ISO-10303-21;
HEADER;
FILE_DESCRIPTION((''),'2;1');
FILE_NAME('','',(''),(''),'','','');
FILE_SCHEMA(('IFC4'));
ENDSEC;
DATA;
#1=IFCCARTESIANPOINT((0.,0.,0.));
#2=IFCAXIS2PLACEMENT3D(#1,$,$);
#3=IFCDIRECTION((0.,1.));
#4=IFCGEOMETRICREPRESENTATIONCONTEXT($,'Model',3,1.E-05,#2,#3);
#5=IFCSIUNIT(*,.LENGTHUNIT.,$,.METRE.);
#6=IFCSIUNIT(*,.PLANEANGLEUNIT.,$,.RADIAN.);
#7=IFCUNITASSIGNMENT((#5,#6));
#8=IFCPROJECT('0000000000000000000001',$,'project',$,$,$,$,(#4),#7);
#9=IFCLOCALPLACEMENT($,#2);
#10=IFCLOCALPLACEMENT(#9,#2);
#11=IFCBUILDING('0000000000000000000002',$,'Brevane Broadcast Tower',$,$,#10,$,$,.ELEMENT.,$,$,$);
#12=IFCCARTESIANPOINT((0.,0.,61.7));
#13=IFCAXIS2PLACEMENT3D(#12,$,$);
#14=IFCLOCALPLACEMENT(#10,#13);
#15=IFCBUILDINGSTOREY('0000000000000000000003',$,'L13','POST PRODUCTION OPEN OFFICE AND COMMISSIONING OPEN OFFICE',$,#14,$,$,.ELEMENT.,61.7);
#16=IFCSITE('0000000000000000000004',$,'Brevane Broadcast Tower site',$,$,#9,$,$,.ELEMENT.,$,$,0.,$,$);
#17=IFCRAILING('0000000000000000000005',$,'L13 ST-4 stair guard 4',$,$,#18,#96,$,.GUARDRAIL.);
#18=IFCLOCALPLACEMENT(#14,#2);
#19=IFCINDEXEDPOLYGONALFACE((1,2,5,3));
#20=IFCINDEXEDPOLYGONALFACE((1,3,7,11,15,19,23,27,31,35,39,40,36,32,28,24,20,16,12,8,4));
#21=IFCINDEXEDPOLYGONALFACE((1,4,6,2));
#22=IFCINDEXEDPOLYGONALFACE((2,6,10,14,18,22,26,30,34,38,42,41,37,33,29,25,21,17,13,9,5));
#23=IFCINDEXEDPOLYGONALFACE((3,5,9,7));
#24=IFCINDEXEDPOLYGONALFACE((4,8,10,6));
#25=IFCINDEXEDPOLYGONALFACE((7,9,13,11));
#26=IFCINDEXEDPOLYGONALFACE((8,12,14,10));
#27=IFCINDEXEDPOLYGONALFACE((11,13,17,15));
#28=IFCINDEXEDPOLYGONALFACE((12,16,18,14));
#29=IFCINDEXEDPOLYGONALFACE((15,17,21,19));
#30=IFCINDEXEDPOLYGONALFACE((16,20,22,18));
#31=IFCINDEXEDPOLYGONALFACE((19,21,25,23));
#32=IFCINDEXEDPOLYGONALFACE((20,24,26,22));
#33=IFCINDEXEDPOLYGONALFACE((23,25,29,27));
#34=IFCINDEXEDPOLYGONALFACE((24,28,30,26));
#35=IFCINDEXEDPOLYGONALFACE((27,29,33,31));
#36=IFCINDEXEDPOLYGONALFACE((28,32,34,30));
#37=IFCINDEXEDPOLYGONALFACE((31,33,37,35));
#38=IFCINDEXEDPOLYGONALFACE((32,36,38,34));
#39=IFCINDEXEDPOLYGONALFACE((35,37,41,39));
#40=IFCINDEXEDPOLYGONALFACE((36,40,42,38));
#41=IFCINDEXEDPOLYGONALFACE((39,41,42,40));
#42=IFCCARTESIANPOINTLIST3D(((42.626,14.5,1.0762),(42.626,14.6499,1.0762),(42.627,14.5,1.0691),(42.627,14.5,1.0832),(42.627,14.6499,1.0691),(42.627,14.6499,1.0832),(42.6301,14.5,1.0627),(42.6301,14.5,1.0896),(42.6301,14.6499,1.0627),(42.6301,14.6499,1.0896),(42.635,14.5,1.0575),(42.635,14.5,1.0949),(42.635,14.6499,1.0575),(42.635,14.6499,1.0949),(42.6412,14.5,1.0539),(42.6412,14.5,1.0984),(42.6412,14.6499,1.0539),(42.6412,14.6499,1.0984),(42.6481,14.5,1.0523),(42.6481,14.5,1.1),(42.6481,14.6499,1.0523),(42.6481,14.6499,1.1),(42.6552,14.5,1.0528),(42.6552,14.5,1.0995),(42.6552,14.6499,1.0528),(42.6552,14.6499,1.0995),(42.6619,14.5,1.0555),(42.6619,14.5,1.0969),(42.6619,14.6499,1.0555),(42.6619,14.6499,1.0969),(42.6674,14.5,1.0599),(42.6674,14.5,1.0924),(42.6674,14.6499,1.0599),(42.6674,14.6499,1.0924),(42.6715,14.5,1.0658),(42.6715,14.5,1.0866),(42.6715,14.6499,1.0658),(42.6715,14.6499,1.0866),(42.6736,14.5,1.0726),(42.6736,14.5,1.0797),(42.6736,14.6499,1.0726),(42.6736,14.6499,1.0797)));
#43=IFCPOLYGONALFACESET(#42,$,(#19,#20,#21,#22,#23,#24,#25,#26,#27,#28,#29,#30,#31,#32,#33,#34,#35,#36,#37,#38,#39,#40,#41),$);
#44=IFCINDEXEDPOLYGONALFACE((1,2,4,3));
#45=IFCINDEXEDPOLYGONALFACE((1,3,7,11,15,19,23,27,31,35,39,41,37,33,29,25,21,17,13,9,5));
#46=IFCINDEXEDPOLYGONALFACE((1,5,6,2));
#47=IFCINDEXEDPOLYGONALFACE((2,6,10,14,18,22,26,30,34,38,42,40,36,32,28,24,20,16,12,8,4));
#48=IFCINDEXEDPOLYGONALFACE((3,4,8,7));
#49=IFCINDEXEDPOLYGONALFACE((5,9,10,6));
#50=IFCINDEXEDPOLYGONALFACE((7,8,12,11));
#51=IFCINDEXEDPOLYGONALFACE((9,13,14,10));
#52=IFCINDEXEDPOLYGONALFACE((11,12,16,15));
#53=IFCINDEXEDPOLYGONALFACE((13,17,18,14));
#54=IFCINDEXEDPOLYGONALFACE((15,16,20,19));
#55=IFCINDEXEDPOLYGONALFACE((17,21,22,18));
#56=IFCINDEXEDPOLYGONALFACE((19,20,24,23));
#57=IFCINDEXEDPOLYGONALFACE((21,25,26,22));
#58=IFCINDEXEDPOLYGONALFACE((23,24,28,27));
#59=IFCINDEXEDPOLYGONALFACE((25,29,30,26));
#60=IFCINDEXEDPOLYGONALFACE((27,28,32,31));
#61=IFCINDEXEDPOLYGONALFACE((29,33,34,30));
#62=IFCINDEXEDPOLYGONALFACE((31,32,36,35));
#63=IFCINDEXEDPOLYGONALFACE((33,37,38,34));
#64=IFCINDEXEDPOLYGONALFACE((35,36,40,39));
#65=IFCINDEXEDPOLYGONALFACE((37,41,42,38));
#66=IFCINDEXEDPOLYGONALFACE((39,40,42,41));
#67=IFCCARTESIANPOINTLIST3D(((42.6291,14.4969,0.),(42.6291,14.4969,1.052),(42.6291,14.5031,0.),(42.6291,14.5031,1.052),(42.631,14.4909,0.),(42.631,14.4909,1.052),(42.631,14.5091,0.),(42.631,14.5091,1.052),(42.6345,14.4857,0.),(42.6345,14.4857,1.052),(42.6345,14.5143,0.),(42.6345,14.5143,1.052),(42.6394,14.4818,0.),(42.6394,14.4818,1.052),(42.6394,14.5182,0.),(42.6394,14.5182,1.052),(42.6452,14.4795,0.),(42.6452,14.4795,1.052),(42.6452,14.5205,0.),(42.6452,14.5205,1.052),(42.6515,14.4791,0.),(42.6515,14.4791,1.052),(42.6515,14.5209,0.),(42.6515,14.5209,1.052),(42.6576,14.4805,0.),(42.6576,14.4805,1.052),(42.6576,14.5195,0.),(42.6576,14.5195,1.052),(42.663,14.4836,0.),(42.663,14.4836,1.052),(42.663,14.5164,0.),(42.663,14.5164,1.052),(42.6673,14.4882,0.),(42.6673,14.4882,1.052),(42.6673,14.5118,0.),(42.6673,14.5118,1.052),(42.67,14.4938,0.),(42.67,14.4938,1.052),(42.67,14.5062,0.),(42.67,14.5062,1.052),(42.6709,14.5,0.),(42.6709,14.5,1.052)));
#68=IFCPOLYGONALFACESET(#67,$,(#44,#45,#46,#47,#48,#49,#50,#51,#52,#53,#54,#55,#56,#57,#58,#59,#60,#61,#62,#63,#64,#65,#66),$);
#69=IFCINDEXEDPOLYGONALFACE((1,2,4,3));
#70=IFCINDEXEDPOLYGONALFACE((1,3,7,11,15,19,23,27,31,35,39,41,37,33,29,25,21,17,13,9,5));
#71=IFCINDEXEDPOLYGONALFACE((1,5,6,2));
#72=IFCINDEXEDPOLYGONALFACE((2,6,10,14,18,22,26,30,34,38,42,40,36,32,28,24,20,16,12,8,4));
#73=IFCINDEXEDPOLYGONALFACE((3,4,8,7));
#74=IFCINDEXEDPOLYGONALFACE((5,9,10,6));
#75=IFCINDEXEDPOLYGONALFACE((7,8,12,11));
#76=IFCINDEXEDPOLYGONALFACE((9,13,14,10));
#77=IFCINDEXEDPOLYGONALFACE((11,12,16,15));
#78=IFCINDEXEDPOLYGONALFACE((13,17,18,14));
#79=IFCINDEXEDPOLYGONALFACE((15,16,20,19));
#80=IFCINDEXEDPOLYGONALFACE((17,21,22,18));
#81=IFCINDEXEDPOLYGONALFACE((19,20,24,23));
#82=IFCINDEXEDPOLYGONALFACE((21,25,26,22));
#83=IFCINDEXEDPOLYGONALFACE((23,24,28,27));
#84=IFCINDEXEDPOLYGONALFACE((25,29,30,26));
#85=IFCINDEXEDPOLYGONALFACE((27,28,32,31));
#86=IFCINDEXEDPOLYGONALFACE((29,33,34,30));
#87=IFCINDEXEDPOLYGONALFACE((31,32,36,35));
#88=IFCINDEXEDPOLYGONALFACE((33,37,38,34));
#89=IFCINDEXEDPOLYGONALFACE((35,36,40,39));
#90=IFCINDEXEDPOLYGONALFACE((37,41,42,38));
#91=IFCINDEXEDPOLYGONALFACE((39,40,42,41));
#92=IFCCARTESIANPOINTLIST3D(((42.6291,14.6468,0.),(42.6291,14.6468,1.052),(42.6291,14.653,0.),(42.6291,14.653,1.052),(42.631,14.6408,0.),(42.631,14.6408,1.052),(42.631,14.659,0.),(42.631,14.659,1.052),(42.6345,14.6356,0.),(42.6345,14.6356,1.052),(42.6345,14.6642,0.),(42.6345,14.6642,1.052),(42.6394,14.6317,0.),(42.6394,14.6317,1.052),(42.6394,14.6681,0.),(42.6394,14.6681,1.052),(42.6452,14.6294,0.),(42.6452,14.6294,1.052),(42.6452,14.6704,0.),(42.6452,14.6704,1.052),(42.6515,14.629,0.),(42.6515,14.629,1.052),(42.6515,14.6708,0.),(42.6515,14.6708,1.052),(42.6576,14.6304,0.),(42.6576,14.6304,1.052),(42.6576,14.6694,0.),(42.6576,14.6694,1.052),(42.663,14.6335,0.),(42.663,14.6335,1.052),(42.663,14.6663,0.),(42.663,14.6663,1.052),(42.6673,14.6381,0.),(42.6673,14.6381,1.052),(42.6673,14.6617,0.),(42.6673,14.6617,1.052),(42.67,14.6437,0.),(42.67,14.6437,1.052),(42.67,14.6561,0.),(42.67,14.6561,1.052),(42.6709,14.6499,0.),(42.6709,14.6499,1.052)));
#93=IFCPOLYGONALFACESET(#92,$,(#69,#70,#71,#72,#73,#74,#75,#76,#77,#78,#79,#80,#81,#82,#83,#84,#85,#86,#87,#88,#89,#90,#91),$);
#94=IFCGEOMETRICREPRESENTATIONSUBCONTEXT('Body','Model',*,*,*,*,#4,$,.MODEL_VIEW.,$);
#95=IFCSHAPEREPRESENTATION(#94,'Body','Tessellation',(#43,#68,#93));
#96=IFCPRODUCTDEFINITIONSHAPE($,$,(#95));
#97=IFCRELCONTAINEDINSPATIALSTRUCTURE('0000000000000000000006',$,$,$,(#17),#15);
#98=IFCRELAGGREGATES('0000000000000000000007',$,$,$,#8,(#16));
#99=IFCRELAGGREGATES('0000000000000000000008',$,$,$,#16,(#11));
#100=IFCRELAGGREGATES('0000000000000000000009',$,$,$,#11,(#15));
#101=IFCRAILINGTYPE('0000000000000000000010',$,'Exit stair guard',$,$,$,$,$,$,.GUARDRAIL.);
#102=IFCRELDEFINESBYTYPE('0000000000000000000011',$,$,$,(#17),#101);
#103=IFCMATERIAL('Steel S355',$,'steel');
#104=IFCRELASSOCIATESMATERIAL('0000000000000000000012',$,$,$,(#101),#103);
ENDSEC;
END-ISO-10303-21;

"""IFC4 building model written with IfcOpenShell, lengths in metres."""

from ifc_helpers import new_model, si_unit, direction, frame, origin, origin_2d, place, context, subcontext, project, spatial, circle, extrude, material, type_object, element, save


model = new_model("IFC4")

# Units and contexts
model_context = context("Model", 3, precision=1e-05, world=origin(), true_north=direction((0.0, 1.0)))
body_context = subcontext(model_context, "Body", "Model", "MODEL_VIEW")
ifc_project = project(units=[si_unit("LENGTHUNIT", "METRE"), si_unit("PLANEANGLEUNIT", "RADIAN")], contexts=[model_context])

# Site, building, storey
site_placement = place(None, origin())
site = spatial("IfcSite", under=ifc_project, at=site_placement, Name="Brevane Broadcast Tower site", CompositionType="ELEMENT", RefElevation=0.0)
building_placement = place(site_placement, origin())
building = spatial("IfcBuilding", under=site, at=building_placement, Name="Brevane Broadcast Tower", CompositionType="ELEMENT")
storey_placement = place(building_placement, frame((0.0, 0.0, 61.7)))
storey = spatial("IfcBuildingStorey", under=building, at=storey_placement, Name="L13", Description="POST PRODUCTION OPEN OFFICE AND COMMISSIONING OPEN OFFICE", CompositionType="ELEMENT", Elevation=61.7)

# Railing
ifc_material_1 = material(Name="Steel S355", Category="steel")
railing_type_1 = type_object("IfcRailingType", Name="Exit stair guard", PredefinedType="GUARDRAIL", material=ifc_material_1)
railing_1_placement = place(storey_placement, frame((42.6499, 14.5, 0.0)))
element("IfcRailing", 1, at=railing_1_placement, inside=storey, type_object=railing_type_1, Name="L13 ST-4 stair guard 4", PredefinedType="GUARDRAIL", context=body_context, shape_type="SweptSolid", body=[
    extrude(circle(Radius=0.0239, at=origin_2d()), frame((0.0, 0.0, 1.0762), z_axis=(0.0, 1.0, 0.0), x_axis=(-1.0, 0.0, 0.0)), (0.0, 0.0, 1.0), 0.1499),
    extrude(circle(Radius=0.021, at=origin_2d()), origin(), (0.0, 0.0, 1.0), 1.052),
    extrude(circle(Radius=0.021, at=origin_2d()), frame((0.0, 0.1499, 0.0)), (0.0, 0.0, 1.0), 1.052),
])

save(model, "model.ifc")
